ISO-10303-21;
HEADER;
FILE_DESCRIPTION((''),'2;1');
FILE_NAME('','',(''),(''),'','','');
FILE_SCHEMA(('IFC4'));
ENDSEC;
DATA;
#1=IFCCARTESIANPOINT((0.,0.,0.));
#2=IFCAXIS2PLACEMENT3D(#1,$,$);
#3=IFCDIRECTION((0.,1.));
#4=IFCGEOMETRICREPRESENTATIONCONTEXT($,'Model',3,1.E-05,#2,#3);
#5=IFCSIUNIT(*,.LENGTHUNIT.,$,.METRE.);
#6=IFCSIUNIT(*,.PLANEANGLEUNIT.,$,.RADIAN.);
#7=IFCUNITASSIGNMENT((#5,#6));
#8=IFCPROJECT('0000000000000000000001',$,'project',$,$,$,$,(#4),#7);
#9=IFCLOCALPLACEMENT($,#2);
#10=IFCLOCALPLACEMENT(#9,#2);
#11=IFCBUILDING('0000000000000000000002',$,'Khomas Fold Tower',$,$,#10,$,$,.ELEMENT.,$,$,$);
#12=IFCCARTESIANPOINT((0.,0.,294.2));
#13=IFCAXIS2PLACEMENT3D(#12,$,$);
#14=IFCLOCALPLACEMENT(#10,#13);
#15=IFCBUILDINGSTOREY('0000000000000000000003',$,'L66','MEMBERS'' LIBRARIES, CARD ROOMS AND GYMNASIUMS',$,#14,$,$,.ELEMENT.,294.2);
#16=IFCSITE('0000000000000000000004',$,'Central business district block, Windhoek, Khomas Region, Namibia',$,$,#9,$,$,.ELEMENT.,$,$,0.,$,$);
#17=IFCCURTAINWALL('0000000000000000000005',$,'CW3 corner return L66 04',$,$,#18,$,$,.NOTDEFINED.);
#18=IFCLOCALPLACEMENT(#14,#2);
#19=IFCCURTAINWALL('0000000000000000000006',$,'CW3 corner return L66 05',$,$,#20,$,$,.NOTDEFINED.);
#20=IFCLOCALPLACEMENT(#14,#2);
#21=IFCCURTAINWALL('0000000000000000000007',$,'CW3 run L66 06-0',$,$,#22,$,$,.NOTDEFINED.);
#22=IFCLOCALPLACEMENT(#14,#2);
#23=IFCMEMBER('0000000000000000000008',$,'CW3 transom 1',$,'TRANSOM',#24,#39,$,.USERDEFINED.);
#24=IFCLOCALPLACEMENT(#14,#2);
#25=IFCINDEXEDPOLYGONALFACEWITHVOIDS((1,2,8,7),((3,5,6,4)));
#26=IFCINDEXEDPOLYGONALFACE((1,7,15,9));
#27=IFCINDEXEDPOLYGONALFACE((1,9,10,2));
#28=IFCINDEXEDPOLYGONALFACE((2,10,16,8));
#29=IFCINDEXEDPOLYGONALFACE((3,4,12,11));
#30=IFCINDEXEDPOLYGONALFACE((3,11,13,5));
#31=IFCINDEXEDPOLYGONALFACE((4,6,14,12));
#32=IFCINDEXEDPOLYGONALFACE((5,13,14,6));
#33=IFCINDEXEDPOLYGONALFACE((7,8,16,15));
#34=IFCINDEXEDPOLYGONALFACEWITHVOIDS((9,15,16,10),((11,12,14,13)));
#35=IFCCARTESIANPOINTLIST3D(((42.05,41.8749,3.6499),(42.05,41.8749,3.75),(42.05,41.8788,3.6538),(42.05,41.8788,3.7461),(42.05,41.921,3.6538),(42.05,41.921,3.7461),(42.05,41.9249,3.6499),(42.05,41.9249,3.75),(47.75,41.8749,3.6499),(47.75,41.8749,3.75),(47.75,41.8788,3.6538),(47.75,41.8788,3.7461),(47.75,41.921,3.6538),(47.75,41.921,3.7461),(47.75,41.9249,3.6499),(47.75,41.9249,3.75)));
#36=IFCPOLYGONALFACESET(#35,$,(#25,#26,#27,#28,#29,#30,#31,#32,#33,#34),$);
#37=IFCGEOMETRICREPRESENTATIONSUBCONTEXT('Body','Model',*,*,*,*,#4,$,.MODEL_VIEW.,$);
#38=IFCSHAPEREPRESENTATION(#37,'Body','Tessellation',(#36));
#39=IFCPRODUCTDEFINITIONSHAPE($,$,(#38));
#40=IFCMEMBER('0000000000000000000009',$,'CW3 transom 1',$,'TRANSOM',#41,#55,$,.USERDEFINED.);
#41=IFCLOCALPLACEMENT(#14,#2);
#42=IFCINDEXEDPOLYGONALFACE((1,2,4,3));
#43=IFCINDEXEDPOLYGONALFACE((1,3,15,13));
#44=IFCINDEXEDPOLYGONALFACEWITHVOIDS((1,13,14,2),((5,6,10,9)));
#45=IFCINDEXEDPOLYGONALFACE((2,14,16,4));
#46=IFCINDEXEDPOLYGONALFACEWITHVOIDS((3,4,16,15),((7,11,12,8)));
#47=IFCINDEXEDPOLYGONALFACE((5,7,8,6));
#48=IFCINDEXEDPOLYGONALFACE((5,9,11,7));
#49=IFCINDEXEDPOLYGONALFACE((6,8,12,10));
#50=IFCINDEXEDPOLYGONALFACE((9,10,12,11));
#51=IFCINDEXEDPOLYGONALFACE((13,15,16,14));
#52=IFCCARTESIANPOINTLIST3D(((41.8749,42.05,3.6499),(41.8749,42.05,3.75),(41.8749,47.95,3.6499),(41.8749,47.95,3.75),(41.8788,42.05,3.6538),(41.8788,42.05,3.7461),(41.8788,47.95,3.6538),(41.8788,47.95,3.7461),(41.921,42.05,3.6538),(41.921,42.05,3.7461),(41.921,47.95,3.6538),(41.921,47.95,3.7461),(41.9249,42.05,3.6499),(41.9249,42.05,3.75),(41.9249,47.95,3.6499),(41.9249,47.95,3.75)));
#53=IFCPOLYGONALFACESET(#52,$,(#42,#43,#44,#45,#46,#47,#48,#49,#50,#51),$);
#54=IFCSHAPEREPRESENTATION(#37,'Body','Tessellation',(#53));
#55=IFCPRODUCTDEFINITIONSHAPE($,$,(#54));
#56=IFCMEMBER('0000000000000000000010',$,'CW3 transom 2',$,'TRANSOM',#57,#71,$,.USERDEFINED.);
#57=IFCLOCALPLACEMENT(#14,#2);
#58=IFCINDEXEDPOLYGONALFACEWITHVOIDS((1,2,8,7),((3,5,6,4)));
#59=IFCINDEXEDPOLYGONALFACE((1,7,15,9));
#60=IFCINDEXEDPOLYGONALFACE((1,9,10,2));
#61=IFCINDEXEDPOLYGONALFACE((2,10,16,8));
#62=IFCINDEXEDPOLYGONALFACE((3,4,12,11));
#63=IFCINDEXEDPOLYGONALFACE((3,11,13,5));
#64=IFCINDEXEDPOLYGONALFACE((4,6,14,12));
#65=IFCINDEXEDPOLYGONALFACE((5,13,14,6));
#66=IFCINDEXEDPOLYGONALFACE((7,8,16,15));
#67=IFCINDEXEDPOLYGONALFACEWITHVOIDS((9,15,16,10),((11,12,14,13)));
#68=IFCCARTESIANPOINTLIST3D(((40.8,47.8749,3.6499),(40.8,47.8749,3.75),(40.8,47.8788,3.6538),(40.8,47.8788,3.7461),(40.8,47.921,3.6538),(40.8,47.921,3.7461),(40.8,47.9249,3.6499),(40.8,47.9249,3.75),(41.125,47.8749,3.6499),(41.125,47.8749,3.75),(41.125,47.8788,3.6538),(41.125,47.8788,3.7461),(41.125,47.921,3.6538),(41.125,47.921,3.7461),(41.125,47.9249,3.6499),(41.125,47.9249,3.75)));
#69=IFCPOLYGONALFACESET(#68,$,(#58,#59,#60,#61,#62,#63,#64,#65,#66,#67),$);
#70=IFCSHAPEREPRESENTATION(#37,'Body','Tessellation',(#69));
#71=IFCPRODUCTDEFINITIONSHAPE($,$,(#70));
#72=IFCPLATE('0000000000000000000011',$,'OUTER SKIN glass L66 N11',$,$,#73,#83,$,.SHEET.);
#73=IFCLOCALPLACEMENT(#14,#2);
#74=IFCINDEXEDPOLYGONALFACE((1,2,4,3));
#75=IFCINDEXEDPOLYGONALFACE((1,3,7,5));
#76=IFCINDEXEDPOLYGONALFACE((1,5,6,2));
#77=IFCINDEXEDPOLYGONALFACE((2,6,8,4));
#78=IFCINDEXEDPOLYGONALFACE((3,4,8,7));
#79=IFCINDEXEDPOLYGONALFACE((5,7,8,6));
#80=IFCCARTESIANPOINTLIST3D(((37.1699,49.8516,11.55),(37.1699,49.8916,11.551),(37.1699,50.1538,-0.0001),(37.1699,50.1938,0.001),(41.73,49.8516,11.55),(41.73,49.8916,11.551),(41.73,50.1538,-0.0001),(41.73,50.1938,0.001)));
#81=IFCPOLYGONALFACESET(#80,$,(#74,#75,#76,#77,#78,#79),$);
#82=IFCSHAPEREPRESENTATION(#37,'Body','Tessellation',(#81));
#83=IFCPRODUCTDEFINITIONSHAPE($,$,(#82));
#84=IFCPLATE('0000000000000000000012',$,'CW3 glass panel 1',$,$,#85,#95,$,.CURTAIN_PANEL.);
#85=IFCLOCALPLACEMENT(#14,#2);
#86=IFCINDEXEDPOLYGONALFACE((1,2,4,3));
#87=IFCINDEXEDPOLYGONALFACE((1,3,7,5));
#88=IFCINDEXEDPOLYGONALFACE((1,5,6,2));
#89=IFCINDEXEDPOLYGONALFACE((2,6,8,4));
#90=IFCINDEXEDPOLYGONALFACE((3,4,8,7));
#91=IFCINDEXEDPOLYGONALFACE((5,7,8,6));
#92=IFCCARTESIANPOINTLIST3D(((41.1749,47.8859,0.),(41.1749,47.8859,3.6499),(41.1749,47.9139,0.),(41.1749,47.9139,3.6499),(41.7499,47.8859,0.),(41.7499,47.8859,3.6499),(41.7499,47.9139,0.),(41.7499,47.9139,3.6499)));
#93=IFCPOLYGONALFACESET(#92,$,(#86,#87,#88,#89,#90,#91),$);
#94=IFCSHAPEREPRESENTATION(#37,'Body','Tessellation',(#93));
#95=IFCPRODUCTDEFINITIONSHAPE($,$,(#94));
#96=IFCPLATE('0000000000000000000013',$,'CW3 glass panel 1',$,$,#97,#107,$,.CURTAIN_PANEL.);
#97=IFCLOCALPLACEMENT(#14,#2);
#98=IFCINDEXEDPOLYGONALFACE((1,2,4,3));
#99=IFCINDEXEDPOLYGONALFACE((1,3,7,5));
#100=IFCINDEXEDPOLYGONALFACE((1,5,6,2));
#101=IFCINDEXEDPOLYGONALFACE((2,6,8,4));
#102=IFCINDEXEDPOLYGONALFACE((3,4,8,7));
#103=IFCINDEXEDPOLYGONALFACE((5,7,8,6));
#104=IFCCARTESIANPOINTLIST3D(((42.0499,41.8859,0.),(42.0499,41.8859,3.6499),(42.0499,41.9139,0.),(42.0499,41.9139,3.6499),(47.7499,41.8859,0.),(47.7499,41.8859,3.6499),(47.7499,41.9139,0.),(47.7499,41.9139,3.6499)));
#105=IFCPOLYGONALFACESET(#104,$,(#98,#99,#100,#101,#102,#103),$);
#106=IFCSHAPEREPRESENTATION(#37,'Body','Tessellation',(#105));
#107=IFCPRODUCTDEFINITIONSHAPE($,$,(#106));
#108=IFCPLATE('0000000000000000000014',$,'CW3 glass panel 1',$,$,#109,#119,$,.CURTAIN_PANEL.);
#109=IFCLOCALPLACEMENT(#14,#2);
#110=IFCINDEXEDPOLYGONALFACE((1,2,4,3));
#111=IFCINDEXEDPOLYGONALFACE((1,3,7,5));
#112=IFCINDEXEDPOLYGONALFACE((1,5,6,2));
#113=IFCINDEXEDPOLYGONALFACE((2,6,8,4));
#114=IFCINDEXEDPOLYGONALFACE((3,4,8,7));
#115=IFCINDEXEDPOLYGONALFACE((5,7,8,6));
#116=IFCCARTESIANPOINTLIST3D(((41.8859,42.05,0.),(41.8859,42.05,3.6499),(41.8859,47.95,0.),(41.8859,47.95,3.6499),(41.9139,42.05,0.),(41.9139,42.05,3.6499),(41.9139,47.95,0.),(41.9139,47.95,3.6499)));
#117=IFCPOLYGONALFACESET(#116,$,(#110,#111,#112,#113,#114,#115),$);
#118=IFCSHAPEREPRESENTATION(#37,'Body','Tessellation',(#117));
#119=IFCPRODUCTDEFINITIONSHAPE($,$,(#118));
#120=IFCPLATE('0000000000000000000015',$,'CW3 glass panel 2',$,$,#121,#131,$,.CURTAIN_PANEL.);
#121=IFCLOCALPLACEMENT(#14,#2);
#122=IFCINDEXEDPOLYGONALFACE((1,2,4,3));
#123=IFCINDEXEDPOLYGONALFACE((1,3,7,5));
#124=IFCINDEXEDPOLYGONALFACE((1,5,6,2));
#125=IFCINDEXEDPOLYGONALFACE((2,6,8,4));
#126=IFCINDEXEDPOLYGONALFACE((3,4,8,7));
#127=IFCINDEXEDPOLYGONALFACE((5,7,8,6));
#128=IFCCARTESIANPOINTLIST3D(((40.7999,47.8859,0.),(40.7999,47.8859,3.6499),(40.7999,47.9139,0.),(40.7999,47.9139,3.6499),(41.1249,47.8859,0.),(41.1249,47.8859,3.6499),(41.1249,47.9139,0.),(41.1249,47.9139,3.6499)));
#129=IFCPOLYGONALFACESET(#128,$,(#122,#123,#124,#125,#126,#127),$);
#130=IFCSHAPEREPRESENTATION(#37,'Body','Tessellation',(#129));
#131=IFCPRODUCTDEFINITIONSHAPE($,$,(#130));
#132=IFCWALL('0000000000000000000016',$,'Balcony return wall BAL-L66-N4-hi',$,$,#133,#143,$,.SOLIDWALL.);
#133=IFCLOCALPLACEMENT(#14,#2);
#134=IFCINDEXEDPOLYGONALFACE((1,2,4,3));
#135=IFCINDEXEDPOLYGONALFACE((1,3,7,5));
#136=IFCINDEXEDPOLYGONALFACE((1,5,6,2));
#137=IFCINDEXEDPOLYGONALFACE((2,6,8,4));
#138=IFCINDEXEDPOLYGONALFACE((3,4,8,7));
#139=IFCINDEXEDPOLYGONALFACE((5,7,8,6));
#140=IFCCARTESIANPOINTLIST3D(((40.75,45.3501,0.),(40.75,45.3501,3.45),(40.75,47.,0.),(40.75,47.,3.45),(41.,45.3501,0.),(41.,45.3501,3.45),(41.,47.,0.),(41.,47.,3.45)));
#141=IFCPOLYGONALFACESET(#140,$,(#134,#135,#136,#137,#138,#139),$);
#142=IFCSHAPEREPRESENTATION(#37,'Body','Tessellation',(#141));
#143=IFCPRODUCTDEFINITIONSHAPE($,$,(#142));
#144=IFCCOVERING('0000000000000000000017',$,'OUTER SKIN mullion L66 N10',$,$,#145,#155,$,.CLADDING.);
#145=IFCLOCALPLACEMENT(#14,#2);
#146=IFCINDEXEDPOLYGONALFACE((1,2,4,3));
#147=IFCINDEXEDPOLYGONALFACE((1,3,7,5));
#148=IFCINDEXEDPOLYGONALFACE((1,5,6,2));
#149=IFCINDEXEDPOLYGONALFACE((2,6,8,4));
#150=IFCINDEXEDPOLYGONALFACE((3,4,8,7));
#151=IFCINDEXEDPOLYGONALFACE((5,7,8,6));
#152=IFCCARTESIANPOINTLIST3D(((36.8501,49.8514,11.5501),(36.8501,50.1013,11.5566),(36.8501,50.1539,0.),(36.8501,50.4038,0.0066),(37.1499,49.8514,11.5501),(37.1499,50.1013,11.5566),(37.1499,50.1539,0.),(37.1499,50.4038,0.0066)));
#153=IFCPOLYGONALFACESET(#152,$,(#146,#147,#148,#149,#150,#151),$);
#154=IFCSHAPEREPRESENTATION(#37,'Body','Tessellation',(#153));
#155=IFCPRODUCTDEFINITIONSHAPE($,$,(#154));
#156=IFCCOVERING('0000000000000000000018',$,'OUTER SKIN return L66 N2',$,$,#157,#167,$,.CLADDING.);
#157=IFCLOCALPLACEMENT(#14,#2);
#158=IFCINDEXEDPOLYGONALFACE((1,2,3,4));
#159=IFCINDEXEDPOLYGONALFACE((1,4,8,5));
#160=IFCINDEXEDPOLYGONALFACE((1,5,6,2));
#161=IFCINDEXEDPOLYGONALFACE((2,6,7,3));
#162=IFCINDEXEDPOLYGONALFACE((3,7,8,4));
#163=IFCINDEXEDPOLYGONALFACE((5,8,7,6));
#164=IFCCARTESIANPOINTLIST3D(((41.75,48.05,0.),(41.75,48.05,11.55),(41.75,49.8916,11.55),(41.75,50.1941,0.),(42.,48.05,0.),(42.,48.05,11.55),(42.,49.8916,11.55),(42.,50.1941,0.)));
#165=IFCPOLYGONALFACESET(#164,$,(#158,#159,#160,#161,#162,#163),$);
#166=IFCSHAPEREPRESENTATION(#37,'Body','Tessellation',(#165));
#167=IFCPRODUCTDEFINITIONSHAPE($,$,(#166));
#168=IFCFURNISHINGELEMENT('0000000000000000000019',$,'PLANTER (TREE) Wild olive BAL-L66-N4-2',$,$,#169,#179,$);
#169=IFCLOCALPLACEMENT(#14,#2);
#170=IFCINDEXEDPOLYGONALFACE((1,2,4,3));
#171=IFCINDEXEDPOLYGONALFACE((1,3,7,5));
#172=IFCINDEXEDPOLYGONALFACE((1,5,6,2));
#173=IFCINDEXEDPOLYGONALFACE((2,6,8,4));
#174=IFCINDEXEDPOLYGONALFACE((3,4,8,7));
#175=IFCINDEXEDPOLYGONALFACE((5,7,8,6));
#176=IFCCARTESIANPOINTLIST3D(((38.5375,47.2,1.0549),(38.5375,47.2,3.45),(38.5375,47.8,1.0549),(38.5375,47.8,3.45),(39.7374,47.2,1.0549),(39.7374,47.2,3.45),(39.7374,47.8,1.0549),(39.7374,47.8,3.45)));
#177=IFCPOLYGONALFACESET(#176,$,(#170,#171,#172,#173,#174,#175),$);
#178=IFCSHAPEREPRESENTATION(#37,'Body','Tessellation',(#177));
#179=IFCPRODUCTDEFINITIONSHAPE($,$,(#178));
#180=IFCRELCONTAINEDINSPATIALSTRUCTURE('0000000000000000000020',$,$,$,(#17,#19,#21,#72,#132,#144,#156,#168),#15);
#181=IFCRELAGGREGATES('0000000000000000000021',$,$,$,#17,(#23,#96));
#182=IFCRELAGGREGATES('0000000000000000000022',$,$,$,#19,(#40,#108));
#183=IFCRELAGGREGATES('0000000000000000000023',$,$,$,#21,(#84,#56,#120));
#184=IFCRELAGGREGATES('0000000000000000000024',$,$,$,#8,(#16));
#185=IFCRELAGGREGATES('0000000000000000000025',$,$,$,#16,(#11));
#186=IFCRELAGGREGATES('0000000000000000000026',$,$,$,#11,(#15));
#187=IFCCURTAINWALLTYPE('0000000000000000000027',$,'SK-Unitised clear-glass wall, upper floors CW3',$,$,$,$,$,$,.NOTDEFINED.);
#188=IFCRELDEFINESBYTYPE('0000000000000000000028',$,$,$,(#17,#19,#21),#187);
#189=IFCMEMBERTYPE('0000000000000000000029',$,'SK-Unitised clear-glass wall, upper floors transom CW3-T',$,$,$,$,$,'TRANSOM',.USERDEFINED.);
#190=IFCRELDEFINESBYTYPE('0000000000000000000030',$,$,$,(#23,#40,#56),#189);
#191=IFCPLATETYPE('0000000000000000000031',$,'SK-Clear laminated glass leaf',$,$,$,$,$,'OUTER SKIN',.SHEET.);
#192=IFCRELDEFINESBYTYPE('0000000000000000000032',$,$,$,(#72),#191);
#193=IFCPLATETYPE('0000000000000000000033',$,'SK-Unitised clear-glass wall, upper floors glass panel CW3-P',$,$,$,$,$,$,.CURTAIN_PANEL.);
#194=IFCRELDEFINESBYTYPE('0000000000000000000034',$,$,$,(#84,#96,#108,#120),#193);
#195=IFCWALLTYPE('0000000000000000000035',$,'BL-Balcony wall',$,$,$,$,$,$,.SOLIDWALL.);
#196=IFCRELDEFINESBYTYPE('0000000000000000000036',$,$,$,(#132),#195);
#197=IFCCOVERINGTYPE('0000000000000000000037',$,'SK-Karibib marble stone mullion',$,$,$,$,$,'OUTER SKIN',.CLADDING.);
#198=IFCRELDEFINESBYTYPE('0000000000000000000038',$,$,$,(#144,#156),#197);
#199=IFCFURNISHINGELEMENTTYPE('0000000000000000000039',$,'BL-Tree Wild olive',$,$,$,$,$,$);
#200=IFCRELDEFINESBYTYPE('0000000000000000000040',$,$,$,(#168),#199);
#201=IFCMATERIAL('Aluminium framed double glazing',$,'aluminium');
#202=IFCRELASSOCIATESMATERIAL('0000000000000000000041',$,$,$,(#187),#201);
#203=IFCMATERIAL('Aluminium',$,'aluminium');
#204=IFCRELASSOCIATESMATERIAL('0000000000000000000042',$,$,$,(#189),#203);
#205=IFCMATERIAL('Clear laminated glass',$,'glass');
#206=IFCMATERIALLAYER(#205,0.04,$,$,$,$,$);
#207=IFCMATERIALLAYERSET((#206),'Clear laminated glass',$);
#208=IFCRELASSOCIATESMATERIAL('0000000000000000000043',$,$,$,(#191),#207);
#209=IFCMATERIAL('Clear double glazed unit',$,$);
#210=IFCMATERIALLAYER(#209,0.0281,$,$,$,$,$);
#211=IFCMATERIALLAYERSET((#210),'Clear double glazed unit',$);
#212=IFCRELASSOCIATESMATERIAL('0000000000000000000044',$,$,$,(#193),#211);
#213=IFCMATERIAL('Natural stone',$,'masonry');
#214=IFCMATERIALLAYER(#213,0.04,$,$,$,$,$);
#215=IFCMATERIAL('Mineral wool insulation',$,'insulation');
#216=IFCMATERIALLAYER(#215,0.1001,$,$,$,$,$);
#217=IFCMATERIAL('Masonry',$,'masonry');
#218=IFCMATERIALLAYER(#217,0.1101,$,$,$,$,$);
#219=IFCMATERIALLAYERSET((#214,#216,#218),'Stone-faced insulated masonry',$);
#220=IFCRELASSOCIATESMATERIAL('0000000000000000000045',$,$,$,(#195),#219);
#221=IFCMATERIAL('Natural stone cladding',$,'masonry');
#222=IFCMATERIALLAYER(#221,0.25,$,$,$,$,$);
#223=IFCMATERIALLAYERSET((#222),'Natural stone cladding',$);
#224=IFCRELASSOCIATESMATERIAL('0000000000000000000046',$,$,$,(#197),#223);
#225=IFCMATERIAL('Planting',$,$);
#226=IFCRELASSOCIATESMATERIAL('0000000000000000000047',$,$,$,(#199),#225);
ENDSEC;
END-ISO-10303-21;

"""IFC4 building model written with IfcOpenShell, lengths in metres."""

from ifc_helpers import new_model, si_unit, direction, frame, frame_2d, origin, origin_2d, place, context, subcontext, project, spatial, polyline, rectangle, hollow_rectangle, outline, extrude, source, transform, mapped, material, layer, layer_set, material_profile, profile_set, type_object, element, aggregate, save


model = new_model("IFC4")

# Units and contexts
model_context = context("Model", 3, precision=1e-05, world=origin(), true_north=direction((0.0, 1.0)))
body_context = subcontext(model_context, "Body", "Model", "MODEL_VIEW")
ifc_project = project(units=[si_unit("LENGTHUNIT", "METRE"), si_unit("PLANEANGLEUNIT", "RADIAN")], contexts=[model_context])

# Site, building, storey
site_placement = place(None, origin())
site = spatial("IfcSite", under=ifc_project, at=site_placement, Name="Central business district block, Windhoek, Khomas Region, Namibia", CompositionType="ELEMENT", RefElevation=0.0)
building_placement = place(site_placement, origin())
building = spatial("IfcBuilding", under=site, at=building_placement, Name="Khomas Fold Tower", CompositionType="ELEMENT")
storey_placement = place(building_placement, frame((0.0, 0.0, 294.2)))
storey = spatial("IfcBuildingStorey", under=building, at=storey_placement, Name="L66", Description="MEMBERS' LIBRARIES, CARD ROOMS AND GYMNASIUMS", CompositionType="ELEMENT", Elevation=294.2)

# Curtain wall
ifc_material_1 = material(Name="Aluminium framed double glazing", Category="aluminium")
curtain_wall_type = type_object("IfcCurtainWallType", Name="SK-Unitised clear-glass wall, upper floors CW3", PredefinedType="NOTDEFINED", material=ifc_material_1)
curtain_wall_1_placement = place(storey_placement, origin())
curtain_wall_1 = element("IfcCurtainWall", 1, at=curtain_wall_1_placement, inside=storey, type_object=curtain_wall_type, Name="CW3 corner return L66 04", PredefinedType="NOTDEFINED")

# Curtain walls
curtain_wall_2_placement = place(storey_placement, origin())
curtain_wall_2 = element("IfcCurtainWall", 2, at=curtain_wall_2_placement, inside=storey, type_object=curtain_wall_type, Name="CW3 corner return L66 05", PredefinedType="NOTDEFINED")
curtain_wall_3_placement = place(storey_placement, origin())
curtain_wall_3 = element("IfcCurtainWall", 3, at=curtain_wall_3_placement, inside=storey, type_object=curtain_wall_type, Name="CW3 run L66 06-0", PredefinedType="NOTDEFINED")
ifc_material_2 = material(Name="Aluminium", Category="aluminium")
ifc_material_profile_1 = material_profile(ifc_material_2, hollow_rectangle(XDim=0.05, YDim=0.1001, WallThickness=0.0039, at=origin_2d()), Name="SK-Unitised clear-glass wall, upper floors transom CW3-T")
ifc_profile_set_1 = profile_set([ifc_material_profile_1], Name="Aluminium")
member_type_1 = type_object("IfcMemberType", Name="SK-Unitised clear-glass wall, upper floors transom CW3-T", ElementType="TRANSOM", PredefinedType="USERDEFINED", material=ifc_profile_set_1)

# Members
shared_shape_1 = source(origin(), body_context, "Body", "SweptSolid", [
    extrude(hollow_rectangle(XDim=0.05, YDim=0.1001, WallThickness=0.0039, at=origin_2d()), origin(), (0.0, 0.0, 1.0), 5.7),
])
member_1_placement = place(storey_placement, frame((47.75, 41.8999, 3.7), z_axis=(-1.0, 0.0, 0.0), x_axis=(0.0, -1.0, 0.0)))
member_1 = element("IfcMember", 4, at=member_1_placement, type_object=member_type_1, Name="CW3 transom 1", ObjectType="TRANSOM", PredefinedType="USERDEFINED", context=body_context, shape_type="MappedRepresentation", body=[
    mapped(shared_shape_1, transform((0.0, 0.0, 0.0))),
])
shared_shape_2 = source(origin(), body_context, "Body", "SweptSolid", [
    extrude(hollow_rectangle(XDim=0.05, YDim=0.1001, WallThickness=0.0039, at=origin_2d()), origin(), (0.0, 0.0, 1.0), 5.8999),
])
member_2_placement = place(storey_placement, frame((41.8999, 42.05, 3.7), z_axis=(0.0, 1.0, 0.0), x_axis=(-1.0, 0.0, 0.0)))
member_2 = element("IfcMember", 5, at=member_2_placement, type_object=member_type_1, Name="CW3 transom 1", ObjectType="TRANSOM", PredefinedType="USERDEFINED", context=body_context, shape_type="MappedRepresentation", body=[
    mapped(shared_shape_2, transform((0.0, 0.0, 0.0))),
])
shared_shape_3 = source(origin(), body_context, "Body", "SweptSolid", [
    extrude(hollow_rectangle(XDim=0.05, YDim=0.1001, WallThickness=0.0039, at=origin_2d()), origin(), (0.0, 0.0, 1.0), 0.325),
])
member_3_placement = place(storey_placement, frame((41.125, 47.8999, 3.7), z_axis=(-1.0, 0.0, 0.0), x_axis=(0.0, -1.0, 0.0)))
member_3 = element("IfcMember", 6, at=member_3_placement, type_object=member_type_1, Name="CW3 transom 2", ObjectType="TRANSOM", PredefinedType="USERDEFINED", context=body_context, shape_type="MappedRepresentation", body=[
    mapped(shared_shape_3, transform((0.0, 0.0, 0.0))),
])

# Plates
ifc_material_3 = material(Name="Clear laminated glass", Category="glass")
ifc_layer_1 = layer(ifc_material_3, 0.04)
ifc_layer_set_1 = layer_set([ifc_layer_1], Name="Clear laminated glass")
plate_type_1 = type_object("IfcPlateType", Name="SK-Clear laminated glass leaf", ElementType="OUTER SKIN", PredefinedType="SHEET", material=ifc_layer_set_1)
plate_1_placement = place(storey_placement, frame((37.1699, 50.1938, 0.001), z_axis=(0.0, 0.999658, 0.026159), x_axis=(1.0, 0.0, 0.0)))
element("IfcPlate", 7, at=plate_1_placement, inside=storey, type_object=plate_type_1, Name="OUTER SKIN glass L66 N11", PredefinedType="SHEET", context=body_context, shape_type="SweptSolid", body=[
    extrude(outline(polyline([(0.0, 0.0), (4.5601, 0.0), (4.5601, -11.554), (0.0, -11.554), (0.0, 0.0)])), origin(), (0.0, 0.0, -1.0), 0.04),
])
ifc_material_4 = material(Name="Clear double glazed unit")
ifc_layer_2 = layer(ifc_material_4, 0.0281)
ifc_layer_set_2 = layer_set([ifc_layer_2], Name="Clear double glazed unit")
plate_type_2 = type_object("IfcPlateType", Name="SK-Unitised clear-glass wall, upper floors glass panel CW3-P", PredefinedType="CURTAIN_PANEL", material=ifc_layer_set_2)
shared_shape_4 = source(origin(), body_context, "Body", "SweptSolid", [
    extrude(rectangle(XDim=0.575, YDim=0.0281, at=origin_2d()), origin(), (0.0, 0.0, 1.0), 3.6499),
])
plate_2_placement = place(storey_placement, frame((41.4624, 47.8999, 0.0), z_axis=(0.0, 0.0, 1.0), x_axis=(-1.0, 0.0, 0.0)))
plate_2 = element("IfcPlate", 8, at=plate_2_placement, type_object=plate_type_2, Name="CW3 glass panel 1", PredefinedType="CURTAIN_PANEL", context=body_context, shape_type="MappedRepresentation", body=[
    mapped(shared_shape_4, transform((0.0, 0.0, 0.0))),
])
shared_shape_5 = source(origin(), body_context, "Body", "SweptSolid", [
    extrude(rectangle(XDim=5.7, YDim=0.0281, at=origin_2d()), origin(), (0.0, 0.0, 1.0), 3.6499),
])
plate_3_placement = place(storey_placement, frame((44.8999, 41.8999, 0.0), z_axis=(0.0, 0.0, 1.0), x_axis=(-1.0, 0.0, 0.0)))
plate_3 = element("IfcPlate", 9, at=plate_3_placement, type_object=plate_type_2, Name="CW3 glass panel 1", PredefinedType="CURTAIN_PANEL", context=body_context, shape_type="MappedRepresentation", body=[
    mapped(shared_shape_5, transform((0.0, 0.0, 0.0))),
])
aggregate(curtain_wall_1, [member_1, plate_3])
shared_shape_6 = source(origin(), body_context, "Body", "SweptSolid", [
    extrude(rectangle(XDim=5.8999, YDim=0.0281, at=origin_2d()), origin(), (0.0, 0.0, 1.0), 3.6499),
])
plate_4_placement = place(storey_placement, frame((41.8999, 45.0, 0.0), z_axis=(0.0, 0.0, 1.0), x_axis=(0.0, 1.0, 0.0)))
plate_4 = element("IfcPlate", 10, at=plate_4_placement, type_object=plate_type_2, Name="CW3 glass panel 1", PredefinedType="CURTAIN_PANEL", context=body_context, shape_type="MappedRepresentation", body=[
    mapped(shared_shape_6, transform((0.0, 0.0, 0.0))),
])
aggregate(curtain_wall_2, [member_2, plate_4])
shared_shape_7 = source(origin(), body_context, "Body", "SweptSolid", [
    extrude(rectangle(XDim=0.325, YDim=0.0281, at=origin_2d()), origin(), (0.0, 0.0, 1.0), 3.6499),
])
plate_5_placement = place(storey_placement, frame((40.9624, 47.8999, 0.0), z_axis=(0.0, 0.0, 1.0), x_axis=(-1.0, 0.0, 0.0)))
plate_5 = element("IfcPlate", 11, at=plate_5_placement, type_object=plate_type_2, Name="CW3 glass panel 2", PredefinedType="CURTAIN_PANEL", context=body_context, shape_type="MappedRepresentation", body=[
    mapped(shared_shape_7, transform((0.0, 0.0, 0.0))),
])
aggregate(curtain_wall_3, [plate_2, member_3, plate_5])

# Wall
ifc_material_5 = material(Name="Natural stone", Category="masonry")
ifc_layer_3 = layer(ifc_material_5, 0.04)
ifc_material_6 = material(Name="Mineral wool insulation", Category="insulation")
ifc_layer_4 = layer(ifc_material_6, 0.1001)
ifc_material_7 = material(Name="Masonry", Category="masonry")
ifc_layer_5 = layer(ifc_material_7, 0.1101)
ifc_layer_set_3 = layer_set([ifc_layer_3, ifc_layer_4, ifc_layer_5], Name="Stone-faced insulated masonry")
wall_type = type_object("IfcWallType", Name="BL-Balcony wall", PredefinedType="SOLIDWALL", material=ifc_layer_set_3)
shared_shape_8 = source(origin(), body_context, "Body", "SweptSolid", [
    extrude(rectangle(XDim=1.6499, YDim=0.25, at=frame_2d((0.825, 0.0))), origin(), (0.0, 0.0, 1.0), 3.45),
])
wall_placement = place(storey_placement, frame((40.875, 47.0, 0.0), z_axis=(0.0, 0.0, 1.0), x_axis=(0.0, -1.0, 0.0)))
element("IfcWall", 12, at=wall_placement, inside=storey, type_object=wall_type, Name="Balcony return wall BAL-L66-N4-hi", PredefinedType="SOLIDWALL", context=body_context, shape_type="MappedRepresentation", body=[
    mapped(shared_shape_8, transform((0.0, 0.0, 0.0))),
])

# Coverings
ifc_material_8 = material(Name="Natural stone cladding", Category="masonry")
ifc_layer_6 = layer(ifc_material_8, 0.25)
ifc_layer_set_4 = layer_set([ifc_layer_6], Name="Natural stone cladding")
covering_type = type_object("IfcCoveringType", Name="SK-Karibib marble stone mullion", ElementType="OUTER SKIN", PredefinedType="CLADDING", material=ifc_layer_set_4)
covering_1_placement = place(storey_placement, frame((36.8501, 50.4038, 0.0066), z_axis=(0.0, 0.999657, 0.026181), x_axis=(1.0, 0.0, 0.0)))
element("IfcCovering", 13, at=covering_1_placement, inside=storey, type_object=covering_type, Name="OUTER SKIN mullion L66 N10", PredefinedType="CLADDING", context=body_context, shape_type="SweptSolid", body=[
    extrude(outline(polyline([(0.0, 0.0), (0.2998, 0.0), (0.2998, -11.554), (0.0, -11.554), (0.0, 0.0)])), origin(), (0.0, 0.0, -1.0), 0.25),
])
covering_2_placement = place(storey_placement, frame((42.0, 48.05, 0.0), z_axis=(1.0, 0.0, 0.0), x_axis=(0.0, 1.0, 0.0)))
element("IfcCovering", 14, at=covering_2_placement, inside=storey, type_object=covering_type, Name="OUTER SKIN return L66 N2", PredefinedType="CLADDING", context=body_context, shape_type="SweptSolid", body=[
    extrude(outline(polyline([(0.0, 0.0), (2.144, 0.0), (1.8416, 11.55), (0.0, 11.55), (0.0, 0.0)])), origin(), (0.0, 0.0, -1.0), 0.25),
])

# Furnishing element
ifc_material_9 = material(Name="Planting")
furnishing_element_type_1 = type_object("IfcFurnishingElementType", Name="BL-Tree Wild olive", material=ifc_material_9)
shared_shape_9 = source(origin(), body_context, "Body", "SweptSolid", [
    extrude(rectangle(XDim=1.2, YDim=0.6001, at=origin_2d()), origin(), (0.0, 0.0, 1.0), 2.395),
])
furnishing_1_placement = place(storey_placement, frame((39.1375, 47.5, 1.0549), z_axis=(0.0, 0.0, 1.0), x_axis=(1.0, 0.0, 0.0)))
element("IfcFurnishingElement", 15, at=furnishing_1_placement, inside=storey, type_object=furnishing_element_type_1, Name="PLANTER (TREE) Wild olive BAL-L66-N4-2", context=body_context, shape_type="MappedRepresentation", body=[
    mapped(shared_shape_9, transform((0.0, 0.0, 0.0))),
])

save(model, "model.ifc")
